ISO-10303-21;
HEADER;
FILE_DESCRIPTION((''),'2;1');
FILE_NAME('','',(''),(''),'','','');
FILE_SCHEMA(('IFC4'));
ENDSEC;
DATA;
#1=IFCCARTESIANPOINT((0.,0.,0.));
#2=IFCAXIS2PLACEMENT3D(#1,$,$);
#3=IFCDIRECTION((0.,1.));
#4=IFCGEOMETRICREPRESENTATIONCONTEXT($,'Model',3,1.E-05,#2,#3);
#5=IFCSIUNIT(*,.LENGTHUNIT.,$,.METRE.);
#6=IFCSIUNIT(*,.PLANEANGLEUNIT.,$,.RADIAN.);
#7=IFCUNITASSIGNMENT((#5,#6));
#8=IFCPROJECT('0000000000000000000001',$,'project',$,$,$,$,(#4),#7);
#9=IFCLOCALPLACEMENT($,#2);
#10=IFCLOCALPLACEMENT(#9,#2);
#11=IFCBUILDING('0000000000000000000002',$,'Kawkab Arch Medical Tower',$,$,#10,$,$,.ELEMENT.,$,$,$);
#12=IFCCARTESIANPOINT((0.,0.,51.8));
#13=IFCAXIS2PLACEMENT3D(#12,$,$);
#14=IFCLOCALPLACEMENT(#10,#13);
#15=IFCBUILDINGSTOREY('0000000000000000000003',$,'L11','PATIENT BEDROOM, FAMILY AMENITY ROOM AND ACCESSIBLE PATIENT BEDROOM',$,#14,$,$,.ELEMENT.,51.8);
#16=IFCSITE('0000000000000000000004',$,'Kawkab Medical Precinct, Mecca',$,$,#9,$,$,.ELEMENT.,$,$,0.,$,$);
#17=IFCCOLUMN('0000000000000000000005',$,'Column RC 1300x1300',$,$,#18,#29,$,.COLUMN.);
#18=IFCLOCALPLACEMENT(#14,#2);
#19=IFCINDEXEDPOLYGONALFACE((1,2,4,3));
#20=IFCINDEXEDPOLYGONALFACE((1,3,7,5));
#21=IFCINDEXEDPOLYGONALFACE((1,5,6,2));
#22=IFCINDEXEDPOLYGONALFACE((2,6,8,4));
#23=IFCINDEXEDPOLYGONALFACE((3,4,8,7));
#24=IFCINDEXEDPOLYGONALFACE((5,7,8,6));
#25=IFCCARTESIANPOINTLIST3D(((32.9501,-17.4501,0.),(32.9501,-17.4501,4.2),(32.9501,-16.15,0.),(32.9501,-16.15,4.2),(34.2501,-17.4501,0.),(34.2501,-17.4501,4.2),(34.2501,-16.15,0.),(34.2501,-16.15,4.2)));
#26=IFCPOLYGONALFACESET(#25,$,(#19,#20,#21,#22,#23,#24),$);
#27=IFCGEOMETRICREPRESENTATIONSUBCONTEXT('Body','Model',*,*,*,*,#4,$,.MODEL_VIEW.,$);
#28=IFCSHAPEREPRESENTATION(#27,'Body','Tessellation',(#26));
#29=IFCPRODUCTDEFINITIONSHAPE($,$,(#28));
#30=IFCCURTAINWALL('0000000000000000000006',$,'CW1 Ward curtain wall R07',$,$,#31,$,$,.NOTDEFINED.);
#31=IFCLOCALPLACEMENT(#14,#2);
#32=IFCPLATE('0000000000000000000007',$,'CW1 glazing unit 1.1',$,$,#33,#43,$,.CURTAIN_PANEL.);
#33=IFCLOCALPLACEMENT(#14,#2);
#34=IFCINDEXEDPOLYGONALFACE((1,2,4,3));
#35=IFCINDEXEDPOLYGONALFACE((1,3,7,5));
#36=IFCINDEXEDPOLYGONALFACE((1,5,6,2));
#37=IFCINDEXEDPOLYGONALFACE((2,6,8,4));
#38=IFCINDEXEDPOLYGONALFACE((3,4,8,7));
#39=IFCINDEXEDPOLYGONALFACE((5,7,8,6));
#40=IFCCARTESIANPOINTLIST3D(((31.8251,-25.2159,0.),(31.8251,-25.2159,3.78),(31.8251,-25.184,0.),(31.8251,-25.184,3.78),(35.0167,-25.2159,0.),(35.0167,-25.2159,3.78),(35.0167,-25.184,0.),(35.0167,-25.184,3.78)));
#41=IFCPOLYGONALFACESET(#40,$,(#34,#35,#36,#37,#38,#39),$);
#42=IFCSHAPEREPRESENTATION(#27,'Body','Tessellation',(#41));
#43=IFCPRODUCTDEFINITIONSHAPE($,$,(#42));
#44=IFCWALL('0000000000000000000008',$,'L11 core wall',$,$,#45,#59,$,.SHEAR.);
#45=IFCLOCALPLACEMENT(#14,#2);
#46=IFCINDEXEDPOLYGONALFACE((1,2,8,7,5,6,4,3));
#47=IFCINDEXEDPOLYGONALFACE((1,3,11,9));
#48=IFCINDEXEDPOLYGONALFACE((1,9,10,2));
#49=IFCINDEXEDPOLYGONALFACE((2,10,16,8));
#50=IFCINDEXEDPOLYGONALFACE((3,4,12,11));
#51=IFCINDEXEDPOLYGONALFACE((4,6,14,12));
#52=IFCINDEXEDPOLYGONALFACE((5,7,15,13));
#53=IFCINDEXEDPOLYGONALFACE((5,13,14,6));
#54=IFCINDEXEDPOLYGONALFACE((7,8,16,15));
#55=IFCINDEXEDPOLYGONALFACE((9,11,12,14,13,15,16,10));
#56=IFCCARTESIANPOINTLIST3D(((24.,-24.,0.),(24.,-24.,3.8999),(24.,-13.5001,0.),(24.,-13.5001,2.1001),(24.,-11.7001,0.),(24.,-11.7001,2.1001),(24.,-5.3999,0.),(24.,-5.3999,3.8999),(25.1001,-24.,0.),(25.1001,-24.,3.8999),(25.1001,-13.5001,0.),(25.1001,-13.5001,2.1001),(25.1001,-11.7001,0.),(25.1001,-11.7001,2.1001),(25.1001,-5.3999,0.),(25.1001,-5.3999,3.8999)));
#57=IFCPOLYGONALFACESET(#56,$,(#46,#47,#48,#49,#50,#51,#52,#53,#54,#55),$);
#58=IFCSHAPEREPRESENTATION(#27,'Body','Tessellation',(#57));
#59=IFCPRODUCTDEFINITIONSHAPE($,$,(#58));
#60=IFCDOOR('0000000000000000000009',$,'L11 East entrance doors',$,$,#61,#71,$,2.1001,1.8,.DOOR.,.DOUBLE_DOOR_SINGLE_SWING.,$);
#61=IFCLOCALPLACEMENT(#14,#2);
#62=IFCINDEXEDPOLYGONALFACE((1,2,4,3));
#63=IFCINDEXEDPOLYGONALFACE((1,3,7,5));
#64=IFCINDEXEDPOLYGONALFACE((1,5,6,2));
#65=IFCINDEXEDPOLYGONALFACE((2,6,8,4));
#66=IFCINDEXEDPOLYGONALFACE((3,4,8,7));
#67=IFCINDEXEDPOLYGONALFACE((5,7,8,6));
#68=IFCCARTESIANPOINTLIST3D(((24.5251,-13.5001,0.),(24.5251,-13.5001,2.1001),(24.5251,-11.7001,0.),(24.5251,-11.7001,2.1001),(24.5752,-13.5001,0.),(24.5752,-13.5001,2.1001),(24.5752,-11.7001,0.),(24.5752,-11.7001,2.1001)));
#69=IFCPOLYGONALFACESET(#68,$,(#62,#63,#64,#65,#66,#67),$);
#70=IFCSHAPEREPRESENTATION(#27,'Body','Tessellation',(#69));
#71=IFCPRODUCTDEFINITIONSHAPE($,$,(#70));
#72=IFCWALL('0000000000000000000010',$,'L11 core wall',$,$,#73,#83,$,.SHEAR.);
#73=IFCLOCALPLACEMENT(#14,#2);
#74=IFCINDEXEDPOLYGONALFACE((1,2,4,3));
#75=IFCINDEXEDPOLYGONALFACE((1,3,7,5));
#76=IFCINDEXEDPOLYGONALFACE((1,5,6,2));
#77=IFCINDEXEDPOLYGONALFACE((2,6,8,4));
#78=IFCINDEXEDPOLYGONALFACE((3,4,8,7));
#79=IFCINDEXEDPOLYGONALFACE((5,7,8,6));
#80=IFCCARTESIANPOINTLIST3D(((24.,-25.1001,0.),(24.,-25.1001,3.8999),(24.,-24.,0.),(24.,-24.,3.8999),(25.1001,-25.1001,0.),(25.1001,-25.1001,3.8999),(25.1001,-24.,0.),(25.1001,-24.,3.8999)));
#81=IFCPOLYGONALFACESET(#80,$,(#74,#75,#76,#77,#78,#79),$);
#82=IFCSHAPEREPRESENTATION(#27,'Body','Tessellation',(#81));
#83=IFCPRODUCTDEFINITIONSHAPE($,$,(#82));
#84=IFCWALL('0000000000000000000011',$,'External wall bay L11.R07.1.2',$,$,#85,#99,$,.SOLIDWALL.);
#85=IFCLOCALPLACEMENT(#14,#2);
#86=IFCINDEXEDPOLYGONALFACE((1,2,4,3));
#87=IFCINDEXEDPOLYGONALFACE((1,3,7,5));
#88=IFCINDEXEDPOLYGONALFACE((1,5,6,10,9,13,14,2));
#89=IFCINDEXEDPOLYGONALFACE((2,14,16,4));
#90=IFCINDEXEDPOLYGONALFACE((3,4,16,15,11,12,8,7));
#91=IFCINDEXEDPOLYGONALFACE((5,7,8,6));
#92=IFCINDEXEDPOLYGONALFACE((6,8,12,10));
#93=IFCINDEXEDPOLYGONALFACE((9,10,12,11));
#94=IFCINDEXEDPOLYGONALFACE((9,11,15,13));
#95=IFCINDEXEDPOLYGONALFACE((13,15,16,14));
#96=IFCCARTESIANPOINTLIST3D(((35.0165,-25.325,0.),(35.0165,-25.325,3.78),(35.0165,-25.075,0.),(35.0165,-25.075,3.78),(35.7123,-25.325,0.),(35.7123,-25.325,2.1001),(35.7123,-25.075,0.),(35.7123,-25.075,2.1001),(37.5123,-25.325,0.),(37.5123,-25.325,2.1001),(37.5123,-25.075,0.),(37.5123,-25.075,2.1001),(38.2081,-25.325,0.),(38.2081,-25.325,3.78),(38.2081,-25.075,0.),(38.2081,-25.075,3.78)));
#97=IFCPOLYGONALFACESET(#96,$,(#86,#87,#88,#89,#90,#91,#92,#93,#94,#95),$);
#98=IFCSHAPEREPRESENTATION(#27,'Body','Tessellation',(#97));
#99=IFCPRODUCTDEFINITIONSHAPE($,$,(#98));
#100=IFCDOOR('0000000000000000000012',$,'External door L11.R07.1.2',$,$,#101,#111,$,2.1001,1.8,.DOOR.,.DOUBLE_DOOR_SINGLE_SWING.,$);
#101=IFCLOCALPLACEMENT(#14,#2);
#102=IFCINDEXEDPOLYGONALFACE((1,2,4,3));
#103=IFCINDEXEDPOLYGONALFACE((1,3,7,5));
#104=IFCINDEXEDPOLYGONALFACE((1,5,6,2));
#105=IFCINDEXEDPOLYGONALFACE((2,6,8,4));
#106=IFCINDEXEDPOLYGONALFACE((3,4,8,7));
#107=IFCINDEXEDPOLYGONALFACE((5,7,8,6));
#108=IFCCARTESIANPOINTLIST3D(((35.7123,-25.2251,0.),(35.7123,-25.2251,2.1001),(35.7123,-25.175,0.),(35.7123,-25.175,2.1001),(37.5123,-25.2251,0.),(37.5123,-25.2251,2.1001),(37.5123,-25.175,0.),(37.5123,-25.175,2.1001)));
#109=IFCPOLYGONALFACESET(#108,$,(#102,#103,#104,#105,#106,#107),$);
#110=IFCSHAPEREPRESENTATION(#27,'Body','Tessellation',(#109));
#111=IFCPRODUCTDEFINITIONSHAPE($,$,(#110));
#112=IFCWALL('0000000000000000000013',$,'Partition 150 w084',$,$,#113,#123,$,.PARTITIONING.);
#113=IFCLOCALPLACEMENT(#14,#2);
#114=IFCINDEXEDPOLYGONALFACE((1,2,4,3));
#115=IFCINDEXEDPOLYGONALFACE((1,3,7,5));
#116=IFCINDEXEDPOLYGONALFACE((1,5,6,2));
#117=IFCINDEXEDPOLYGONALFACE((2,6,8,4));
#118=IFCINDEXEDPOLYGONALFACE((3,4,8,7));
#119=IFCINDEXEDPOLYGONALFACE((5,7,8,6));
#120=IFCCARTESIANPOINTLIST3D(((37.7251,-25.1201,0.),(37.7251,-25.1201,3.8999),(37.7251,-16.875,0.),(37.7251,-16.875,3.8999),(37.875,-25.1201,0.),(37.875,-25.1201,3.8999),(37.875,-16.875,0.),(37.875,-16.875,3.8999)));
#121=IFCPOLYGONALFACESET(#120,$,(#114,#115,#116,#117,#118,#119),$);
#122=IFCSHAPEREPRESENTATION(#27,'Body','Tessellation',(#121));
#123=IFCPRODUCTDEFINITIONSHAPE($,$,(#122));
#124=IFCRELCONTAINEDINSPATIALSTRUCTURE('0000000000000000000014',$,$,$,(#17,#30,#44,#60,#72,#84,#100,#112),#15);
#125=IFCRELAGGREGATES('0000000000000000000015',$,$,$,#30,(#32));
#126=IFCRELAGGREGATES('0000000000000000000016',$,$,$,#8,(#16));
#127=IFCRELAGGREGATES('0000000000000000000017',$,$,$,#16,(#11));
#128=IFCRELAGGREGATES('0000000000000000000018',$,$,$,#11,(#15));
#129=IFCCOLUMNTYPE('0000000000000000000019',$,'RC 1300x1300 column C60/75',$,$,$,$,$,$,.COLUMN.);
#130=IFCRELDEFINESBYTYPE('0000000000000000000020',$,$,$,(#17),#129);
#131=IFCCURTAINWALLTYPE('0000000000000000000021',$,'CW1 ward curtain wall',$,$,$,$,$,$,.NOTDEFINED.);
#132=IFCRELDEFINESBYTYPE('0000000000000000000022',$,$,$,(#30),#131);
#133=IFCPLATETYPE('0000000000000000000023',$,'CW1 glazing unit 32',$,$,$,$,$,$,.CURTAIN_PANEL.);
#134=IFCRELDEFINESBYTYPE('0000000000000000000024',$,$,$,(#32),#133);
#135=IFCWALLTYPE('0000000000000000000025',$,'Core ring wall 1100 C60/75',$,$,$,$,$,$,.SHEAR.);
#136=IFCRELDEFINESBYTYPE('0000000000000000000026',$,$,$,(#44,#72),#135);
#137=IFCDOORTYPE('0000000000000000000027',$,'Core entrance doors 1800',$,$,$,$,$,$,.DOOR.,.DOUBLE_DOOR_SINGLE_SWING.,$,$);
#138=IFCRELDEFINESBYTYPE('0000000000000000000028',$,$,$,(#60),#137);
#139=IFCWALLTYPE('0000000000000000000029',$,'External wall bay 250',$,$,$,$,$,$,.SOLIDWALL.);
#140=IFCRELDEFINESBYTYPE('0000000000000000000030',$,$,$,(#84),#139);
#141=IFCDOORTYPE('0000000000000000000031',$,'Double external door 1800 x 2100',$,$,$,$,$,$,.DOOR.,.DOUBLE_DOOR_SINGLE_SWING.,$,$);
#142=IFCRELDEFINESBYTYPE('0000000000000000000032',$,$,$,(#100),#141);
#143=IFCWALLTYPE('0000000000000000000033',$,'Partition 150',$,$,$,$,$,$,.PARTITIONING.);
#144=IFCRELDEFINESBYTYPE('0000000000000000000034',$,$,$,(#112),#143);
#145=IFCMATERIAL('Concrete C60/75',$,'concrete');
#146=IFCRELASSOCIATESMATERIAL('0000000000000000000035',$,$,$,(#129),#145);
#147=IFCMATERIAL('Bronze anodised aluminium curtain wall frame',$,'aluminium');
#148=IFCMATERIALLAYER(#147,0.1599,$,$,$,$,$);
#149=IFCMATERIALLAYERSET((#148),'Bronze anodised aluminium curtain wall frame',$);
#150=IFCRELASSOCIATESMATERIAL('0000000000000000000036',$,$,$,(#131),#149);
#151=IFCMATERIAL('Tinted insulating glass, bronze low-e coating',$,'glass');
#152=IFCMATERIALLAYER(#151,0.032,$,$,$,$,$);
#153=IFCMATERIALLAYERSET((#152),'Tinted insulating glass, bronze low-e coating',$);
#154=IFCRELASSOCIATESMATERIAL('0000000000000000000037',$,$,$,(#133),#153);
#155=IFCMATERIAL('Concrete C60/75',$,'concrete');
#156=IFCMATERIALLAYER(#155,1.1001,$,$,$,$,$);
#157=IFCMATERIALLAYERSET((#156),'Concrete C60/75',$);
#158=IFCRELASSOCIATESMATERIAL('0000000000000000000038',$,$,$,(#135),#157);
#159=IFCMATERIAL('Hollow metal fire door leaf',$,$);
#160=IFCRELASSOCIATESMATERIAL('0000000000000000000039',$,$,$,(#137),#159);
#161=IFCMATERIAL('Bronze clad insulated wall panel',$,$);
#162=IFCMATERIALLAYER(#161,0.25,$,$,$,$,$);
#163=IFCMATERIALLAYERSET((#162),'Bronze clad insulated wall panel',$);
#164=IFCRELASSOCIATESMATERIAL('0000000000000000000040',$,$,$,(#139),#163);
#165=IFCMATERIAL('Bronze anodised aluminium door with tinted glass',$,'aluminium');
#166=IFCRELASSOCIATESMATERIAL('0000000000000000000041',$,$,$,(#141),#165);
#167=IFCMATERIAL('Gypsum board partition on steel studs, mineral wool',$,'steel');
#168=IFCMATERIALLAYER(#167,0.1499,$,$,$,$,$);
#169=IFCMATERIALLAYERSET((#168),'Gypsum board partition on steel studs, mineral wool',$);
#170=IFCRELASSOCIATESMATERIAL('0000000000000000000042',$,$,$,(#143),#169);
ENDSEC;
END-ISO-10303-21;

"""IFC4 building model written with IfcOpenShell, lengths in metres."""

from ifc_helpers import new_model, si_unit, direction, frame, frame_2d, origin, origin_2d, place, context, subcontext, project, spatial, rectangle, extrude, material, layer, layer_set, material_profile, profile_set, type_object, element, fill, aggregate, save


model = new_model("IFC4")

# Units and contexts
model_context = context("Model", 3, precision=1e-05, world=origin(), true_north=direction((0.0, 1.0)))
body_context = subcontext(model_context, "Body", "Model", "MODEL_VIEW")
ifc_project = project(units=[si_unit("LENGTHUNIT", "METRE"), si_unit("PLANEANGLEUNIT", "RADIAN")], contexts=[model_context])

# Site, building, storey
site_placement = place(None, origin())
site = spatial("IfcSite", under=ifc_project, at=site_placement, Name="Kawkab Medical Precinct, Mecca", CompositionType="ELEMENT", RefElevation=0.0)
building_placement = place(site_placement, origin())
building = spatial("IfcBuilding", under=site, at=building_placement, Name="Kawkab Arch Medical Tower", CompositionType="ELEMENT")
storey_placement = place(building_placement, frame((0.0, 0.0, 51.8)))
storey = spatial("IfcBuildingStorey", under=building, at=storey_placement, Name="L11", Description="PATIENT BEDROOM, FAMILY AMENITY ROOM AND ACCESSIBLE PATIENT BEDROOM", CompositionType="ELEMENT", Elevation=51.8)

# Column
ifc_material_1 = material(Name="Concrete C60/75", Category="concrete")
ifc_material_profile = material_profile(ifc_material_1, rectangle(XDim=1.3, YDim=1.3, at=origin_2d()), Name="RC 1300x1300")
ifc_profile_set = profile_set([ifc_material_profile], Name="Concrete C60/75")
column_type = type_object("IfcColumnType", Name="RC 1300x1300 column C60/75", PredefinedType="COLUMN", material=ifc_profile_set)
column_placement = place(storey_placement, frame((33.6001, -16.8, 0.0), z_axis=(0.0, 0.0, 1.0), x_axis=(1.0, 0.0, 0.0)))
element("IfcColumn", 1, at=column_placement, inside=storey, type_object=column_type, Name="Column RC 1300x1300", PredefinedType="COLUMN", context=body_context, shape_type="SweptSolid", body=[
    extrude(rectangle(XDim=1.3, YDim=1.3, at=origin_2d()), origin(), (0.0, 0.0, 1.0), 4.2),
])

# Curtain wall, plate
ifc_material_2 = material(Name="Bronze anodised aluminium curtain wall frame", Category="aluminium")
ifc_layer_1 = layer(ifc_material_2, 0.1599)
ifc_layer_set_1 = layer_set([ifc_layer_1], Name="Bronze anodised aluminium curtain wall frame")
curtain_wall_type = type_object("IfcCurtainWallType", Name="CW1 ward curtain wall", PredefinedType="NOTDEFINED", material=ifc_layer_set_1)
curtain_wall_placement = place(storey_placement, origin())
curtain_wall = element("IfcCurtainWall", 2, at=curtain_wall_placement, inside=storey, type_object=curtain_wall_type, Name="CW1 Ward curtain wall R07", PredefinedType="NOTDEFINED")
ifc_material_3 = material(Name="Tinted insulating glass, bronze low-e coating", Category="glass")
ifc_layer_2 = layer(ifc_material_3, 0.032)
ifc_layer_set_2 = layer_set([ifc_layer_2], Name="Tinted insulating glass, bronze low-e coating")
plate_type = type_object("IfcPlateType", Name="CW1 glazing unit 32", PredefinedType="CURTAIN_PANEL", material=ifc_layer_set_2)
plate_placement = place(storey_placement, frame((33.4209, -25.2, 0.0), z_axis=(0.0, 0.0, 1.0), x_axis=(1.0, 0.0, 0.0)))
plate = element("IfcPlate", 3, at=plate_placement, type_object=plate_type, Name="CW1 glazing unit 1.1", PredefinedType="CURTAIN_PANEL", context=body_context, shape_type="SweptSolid", body=[
    extrude(rectangle(XDim=3.1917, YDim=0.032, at=origin_2d()), origin(), (0.0, 0.0, 1.0), 3.78),
])
aggregate(curtain_wall, [plate])

# Wall, opening, door
ifc_material_4 = material(Name="Concrete C60/75", Category="concrete")
ifc_layer_3 = layer(ifc_material_4, 1.1001)
ifc_layer_set_3 = layer_set([ifc_layer_3], Name="Concrete C60/75")
wall_type_1 = type_object("IfcWallType", Name="Core ring wall 1100 C60/75", PredefinedType="SHEAR", material=ifc_layer_set_3)
wall_1_placement = place(storey_placement, frame((24.55, -24.0, 0.0), z_axis=(0.0, 0.0, 1.0), x_axis=(0.0, 1.0, 0.0)))
wall_1 = element("IfcWall", 4, at=wall_1_placement, inside=storey, type_object=wall_type_1, Name="L11 core wall", PredefinedType="SHEAR", context=body_context, shape_type="SweptSolid", body=[
    extrude(rectangle(XDim=18.6001, YDim=1.1001, at=frame_2d((9.3, 0.0))), origin(), (0.0, 0.0, 1.0), 3.8999),
])
opening_1_placement = place(wall_1_placement, frame((10.5, 0.0, 0.0)))
opening_1 = element("IfcOpeningElement", 5, at=opening_1_placement, cuts=wall_1, PredefinedType="OPENING", context=body_context, shape_type="SweptSolid", body=[
    extrude(rectangle(XDim=1.8, YDim=2.1001, at=frame_2d((0.8999, 1.05))), frame((0.0, 0.5601, 0.0), z_axis=(0.0, -1.0, 0.0), x_axis=(1.0, 0.0, 0.0)), (0.0, 0.0, 1.0), 1.1201),
])
ifc_material_5 = material(Name="Hollow metal fire door leaf")
door_type_1 = type_object("IfcDoorType", Name="Core entrance doors 1800", OperationType="DOUBLE_DOOR_SINGLE_SWING", PredefinedType="DOOR", material=ifc_material_5)
door_1_placement = place(opening_1_placement, origin())
door_1 = element("IfcDoor", 6, at=door_1_placement, inside=storey, type_object=door_type_1, Name="L11 East entrance doors", OperationType="DOUBLE_DOOR_SINGLE_SWING", OverallHeight=2.1001, OverallWidth=1.8, PredefinedType="DOOR", context=body_context, shape_type="SweptSolid", body=[
    extrude(rectangle(XDim=1.8, YDim=2.1001, at=frame_2d((0.8999, 1.05))), frame((0.0, 0.0249, 0.0), z_axis=(0.0, -1.0, 0.0), x_axis=(1.0, 0.0, 0.0)), (0.0, 0.0, 1.0), 0.05),
])
fill(opening_1, door_1)

# Wall
wall_2_placement = place(storey_placement, frame((24.55, -25.1001, 0.0), z_axis=(0.0, 0.0, 1.0), x_axis=(0.0, 1.0, 0.0)))
element("IfcWall", 7, at=wall_2_placement, inside=storey, type_object=wall_type_1, Name="L11 core wall", PredefinedType="SHEAR", context=body_context, shape_type="SweptSolid", body=[
    extrude(rectangle(XDim=1.1001, YDim=1.1001, at=frame_2d((0.55, 0.0))), origin(), (0.0, 0.0, 1.0), 3.8999),
])

# Wall, opening, door
ifc_material_6 = material(Name="Bronze clad insulated wall panel")
ifc_layer_4 = layer(ifc_material_6, 0.25)
ifc_layer_set_4 = layer_set([ifc_layer_4], Name="Bronze clad insulated wall panel")
wall_type_2 = type_object("IfcWallType", Name="External wall bay 250", PredefinedType="SOLIDWALL", material=ifc_layer_set_4)
wall_3_placement = place(storey_placement, frame((35.0166, -25.2, 0.0), z_axis=(0.0, 0.0, 1.0), x_axis=(1.0, 0.0, 0.0)))
wall_3 = element("IfcWall", 8, at=wall_3_placement, inside=storey, type_object=wall_type_2, Name="External wall bay L11.R07.1.2", PredefinedType="SOLIDWALL", context=body_context, shape_type="SweptSolid", body=[
    extrude(rectangle(XDim=3.1917, YDim=0.25, at=frame_2d((1.5957, 0.0))), origin(), (0.0, 0.0, 1.0), 3.78),
])
opening_2_placement = place(wall_3_placement, frame((0.6958, 0.0, 0.0)))
opening_2 = element("IfcOpeningElement", 9, at=opening_2_placement, cuts=wall_3, PredefinedType="OPENING", context=body_context, shape_type="SweptSolid", body=[
    extrude(rectangle(XDim=1.8, YDim=2.1001, at=frame_2d((0.8999, 1.05))), frame((0.0, 0.135, 0.0), z_axis=(0.0, -1.0, 0.0), x_axis=(1.0, 0.0, 0.0)), (0.0, 0.0, 1.0), 0.27),
])
ifc_material_7 = material(Name="Bronze anodised aluminium door with tinted glass", Category="aluminium")
door_type_2 = type_object("IfcDoorType", Name="Double external door 1800 x 2100", OperationType="DOUBLE_DOOR_SINGLE_SWING", PredefinedType="DOOR", material=ifc_material_7)
door_2_placement = place(opening_2_placement, origin())
door_2 = element("IfcDoor", 10, at=door_2_placement, inside=storey, type_object=door_type_2, Name="External door L11.R07.1.2", OperationType="DOUBLE_DOOR_SINGLE_SWING", OverallHeight=2.1001, OverallWidth=1.8, PredefinedType="DOOR", context=body_context, shape_type="SweptSolid", body=[
    extrude(rectangle(XDim=1.8, YDim=2.1001, at=frame_2d((0.8999, 1.05))), frame((0.0, 0.0249, 0.0), z_axis=(0.0, -1.0, 0.0), x_axis=(1.0, 0.0, 0.0)), (0.0, 0.0, 1.0), 0.05),
])
fill(opening_2, door_2)

# Shared definitions
ifc_material_8 = material(Name="Gypsum board partition on steel studs, mineral wool", Category="steel")
ifc_layer_5 = layer(ifc_material_8, 0.1499)
ifc_layer_set_5 = layer_set([ifc_layer_5], Name="Gypsum board partition on steel studs, mineral wool")
wall_type_3 = type_object("IfcWallType", Name="Partition 150", PredefinedType="PARTITIONING", material=ifc_layer_set_5)

# Wall
wall_4_placement = place(storey_placement, frame((37.8, -25.1201, 0.0), z_axis=(0.0, 0.0, 1.0), x_axis=(0.0, 1.0, 0.0)))
element("IfcWall", 11, at=wall_4_placement, inside=storey, type_object=wall_type_3, Name="Partition 150 w084", PredefinedType="PARTITIONING", context=body_context, shape_type="SweptSolid", body=[
    extrude(rectangle(XDim=8.2451, YDim=0.1499, at=frame_2d((4.1226, 0.0))), origin(), (0.0, 0.0, 1.0), 3.8999),
])

save(model, "model.ifc")
